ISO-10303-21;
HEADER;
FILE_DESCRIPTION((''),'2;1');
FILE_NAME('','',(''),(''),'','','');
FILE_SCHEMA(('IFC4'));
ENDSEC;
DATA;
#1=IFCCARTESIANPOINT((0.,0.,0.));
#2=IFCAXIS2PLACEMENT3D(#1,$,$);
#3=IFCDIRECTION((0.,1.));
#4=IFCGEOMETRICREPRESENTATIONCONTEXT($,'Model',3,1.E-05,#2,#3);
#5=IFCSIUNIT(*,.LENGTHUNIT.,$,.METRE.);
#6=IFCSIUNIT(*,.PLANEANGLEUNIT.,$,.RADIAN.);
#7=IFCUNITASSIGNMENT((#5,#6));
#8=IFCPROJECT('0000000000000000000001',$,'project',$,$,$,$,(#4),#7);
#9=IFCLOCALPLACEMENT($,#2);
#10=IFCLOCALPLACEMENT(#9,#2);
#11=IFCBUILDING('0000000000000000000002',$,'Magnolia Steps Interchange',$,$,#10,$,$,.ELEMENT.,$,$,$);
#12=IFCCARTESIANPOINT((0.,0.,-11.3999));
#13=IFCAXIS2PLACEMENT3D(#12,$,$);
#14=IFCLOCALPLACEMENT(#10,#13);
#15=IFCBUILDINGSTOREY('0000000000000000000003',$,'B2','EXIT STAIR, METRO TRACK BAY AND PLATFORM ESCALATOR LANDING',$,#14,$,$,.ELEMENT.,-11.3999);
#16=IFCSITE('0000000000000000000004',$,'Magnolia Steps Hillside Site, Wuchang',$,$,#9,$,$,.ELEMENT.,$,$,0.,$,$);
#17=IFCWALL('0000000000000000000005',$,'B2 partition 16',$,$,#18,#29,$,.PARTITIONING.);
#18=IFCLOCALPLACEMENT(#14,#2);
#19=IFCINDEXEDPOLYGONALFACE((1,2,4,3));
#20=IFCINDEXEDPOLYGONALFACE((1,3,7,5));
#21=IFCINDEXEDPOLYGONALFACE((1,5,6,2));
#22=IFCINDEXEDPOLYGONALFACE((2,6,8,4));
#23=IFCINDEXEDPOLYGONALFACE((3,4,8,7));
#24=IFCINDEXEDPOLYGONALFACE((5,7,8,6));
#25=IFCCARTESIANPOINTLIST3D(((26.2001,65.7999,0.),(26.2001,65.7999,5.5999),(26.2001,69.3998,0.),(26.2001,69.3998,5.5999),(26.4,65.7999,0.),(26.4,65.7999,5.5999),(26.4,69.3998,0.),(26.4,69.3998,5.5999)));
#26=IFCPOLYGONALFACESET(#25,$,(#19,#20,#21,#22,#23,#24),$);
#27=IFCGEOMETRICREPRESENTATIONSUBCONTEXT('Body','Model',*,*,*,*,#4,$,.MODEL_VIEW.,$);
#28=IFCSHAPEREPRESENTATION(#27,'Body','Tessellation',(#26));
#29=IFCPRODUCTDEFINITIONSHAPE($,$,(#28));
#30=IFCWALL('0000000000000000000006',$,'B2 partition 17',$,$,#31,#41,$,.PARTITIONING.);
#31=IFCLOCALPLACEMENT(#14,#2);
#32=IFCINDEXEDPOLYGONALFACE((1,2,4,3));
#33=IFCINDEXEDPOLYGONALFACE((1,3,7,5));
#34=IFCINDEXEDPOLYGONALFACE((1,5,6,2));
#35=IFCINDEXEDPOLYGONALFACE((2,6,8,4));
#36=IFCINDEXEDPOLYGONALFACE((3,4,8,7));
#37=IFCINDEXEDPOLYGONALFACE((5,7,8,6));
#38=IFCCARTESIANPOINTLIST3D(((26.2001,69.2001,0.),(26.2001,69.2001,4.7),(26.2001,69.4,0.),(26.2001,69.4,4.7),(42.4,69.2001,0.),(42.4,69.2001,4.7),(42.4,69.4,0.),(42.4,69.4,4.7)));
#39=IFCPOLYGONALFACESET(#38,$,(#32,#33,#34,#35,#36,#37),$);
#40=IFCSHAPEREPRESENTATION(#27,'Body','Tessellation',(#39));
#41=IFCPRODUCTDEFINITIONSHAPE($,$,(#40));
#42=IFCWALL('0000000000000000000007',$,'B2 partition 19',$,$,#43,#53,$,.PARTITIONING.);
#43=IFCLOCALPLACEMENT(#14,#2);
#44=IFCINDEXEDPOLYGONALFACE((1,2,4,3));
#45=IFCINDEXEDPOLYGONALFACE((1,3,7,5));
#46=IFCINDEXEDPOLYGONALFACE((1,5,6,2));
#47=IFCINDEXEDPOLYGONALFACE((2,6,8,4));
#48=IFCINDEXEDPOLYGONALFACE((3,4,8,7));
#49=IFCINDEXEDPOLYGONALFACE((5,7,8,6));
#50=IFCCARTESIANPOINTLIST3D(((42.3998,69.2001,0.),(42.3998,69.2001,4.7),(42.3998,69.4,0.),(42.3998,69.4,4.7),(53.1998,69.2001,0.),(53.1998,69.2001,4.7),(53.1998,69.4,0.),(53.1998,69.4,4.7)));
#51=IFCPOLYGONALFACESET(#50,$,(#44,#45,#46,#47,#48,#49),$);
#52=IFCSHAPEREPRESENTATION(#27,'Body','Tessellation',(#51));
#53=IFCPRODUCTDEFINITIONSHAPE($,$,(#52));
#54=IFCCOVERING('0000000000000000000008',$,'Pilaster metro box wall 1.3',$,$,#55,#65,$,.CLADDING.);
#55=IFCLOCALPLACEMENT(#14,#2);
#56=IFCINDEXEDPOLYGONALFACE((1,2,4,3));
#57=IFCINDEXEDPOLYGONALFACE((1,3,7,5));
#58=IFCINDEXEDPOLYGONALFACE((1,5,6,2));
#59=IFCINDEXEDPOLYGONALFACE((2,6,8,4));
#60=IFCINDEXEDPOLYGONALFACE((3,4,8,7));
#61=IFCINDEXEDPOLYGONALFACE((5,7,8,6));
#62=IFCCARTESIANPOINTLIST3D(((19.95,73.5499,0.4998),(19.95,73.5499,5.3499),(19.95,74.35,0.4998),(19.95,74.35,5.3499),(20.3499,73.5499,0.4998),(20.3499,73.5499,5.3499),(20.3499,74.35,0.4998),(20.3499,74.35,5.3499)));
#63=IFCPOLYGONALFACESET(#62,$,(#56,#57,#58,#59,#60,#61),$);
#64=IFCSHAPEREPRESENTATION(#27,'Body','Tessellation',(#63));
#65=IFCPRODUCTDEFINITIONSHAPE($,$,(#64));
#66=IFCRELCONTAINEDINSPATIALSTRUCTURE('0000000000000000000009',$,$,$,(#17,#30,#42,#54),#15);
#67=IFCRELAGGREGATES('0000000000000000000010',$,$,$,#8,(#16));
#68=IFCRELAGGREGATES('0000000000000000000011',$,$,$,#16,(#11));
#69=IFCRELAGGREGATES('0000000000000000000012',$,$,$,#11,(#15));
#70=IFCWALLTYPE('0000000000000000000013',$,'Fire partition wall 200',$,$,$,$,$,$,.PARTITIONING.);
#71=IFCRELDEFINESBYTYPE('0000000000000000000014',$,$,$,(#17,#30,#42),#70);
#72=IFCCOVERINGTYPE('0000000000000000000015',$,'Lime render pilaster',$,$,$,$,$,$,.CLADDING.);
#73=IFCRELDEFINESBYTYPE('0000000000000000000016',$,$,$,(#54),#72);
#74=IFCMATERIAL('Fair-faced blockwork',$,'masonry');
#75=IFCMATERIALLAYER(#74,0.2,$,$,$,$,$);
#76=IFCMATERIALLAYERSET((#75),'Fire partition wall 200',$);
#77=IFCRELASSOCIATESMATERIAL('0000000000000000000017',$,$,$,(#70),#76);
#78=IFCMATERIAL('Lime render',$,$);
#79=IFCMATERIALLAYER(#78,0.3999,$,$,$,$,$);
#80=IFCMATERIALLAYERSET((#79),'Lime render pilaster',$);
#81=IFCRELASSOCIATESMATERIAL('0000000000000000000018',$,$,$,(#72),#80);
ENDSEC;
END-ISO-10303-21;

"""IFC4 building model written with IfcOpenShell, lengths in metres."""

from ifc_helpers import new_model, si_unit, direction, frame, frame_2d, origin, origin_2d, place, context, subcontext, project, spatial, rectangle, extrude, material, layer, layer_set, type_object, element, save


model = new_model("IFC4")

# Units and contexts
model_context = context("Model", 3, precision=1e-05, world=origin(), true_north=direction((0.0, 1.0)))
body_context = subcontext(model_context, "Body", "Model", "MODEL_VIEW")
ifc_project = project(units=[si_unit("LENGTHUNIT", "METRE"), si_unit("PLANEANGLEUNIT", "RADIAN")], contexts=[model_context])

# Site, building, storey
site_placement = place(None, origin())
site = spatial("IfcSite", under=ifc_project, at=site_placement, Name="Magnolia Steps Hillside Site, Wuchang", CompositionType="ELEMENT", RefElevation=0.0)
building_placement = place(site_placement, origin())
building = spatial("IfcBuilding", under=site, at=building_placement, Name="Magnolia Steps Interchange", CompositionType="ELEMENT")
storey_placement = place(building_placement, frame((0.0, 0.0, -11.3999)))
storey = spatial("IfcBuildingStorey", under=building, at=storey_placement, Name="B2", Description="EXIT STAIR, METRO TRACK BAY AND PLATFORM ESCALATOR LANDING", CompositionType="ELEMENT", Elevation=-11.3999)

# Shared definitions
ifc_material_1 = material(Name="Fair-faced blockwork", Category="masonry")
ifc_layer_1 = layer(ifc_material_1, 0.2)
ifc_layer_set_1 = layer_set([ifc_layer_1], Name="Fire partition wall 200")
wall_type_1 = type_object("IfcWallType", Name="Fire partition wall 200", PredefinedType="PARTITIONING", material=ifc_layer_set_1)

# Walls
wall_1_placement = place(storey_placement, frame((26.3, 65.8, 0.0), z_axis=(0.0, 0.0, 1.0), x_axis=(0.0, 1.0, 0.0)))
element("IfcWall", 1, at=wall_1_placement, inside=storey, type_object=wall_type_1, Name="B2 partition 16", PredefinedType="PARTITIONING", context=body_context, shape_type="SweptSolid", body=[
    extrude(rectangle(XDim=3.5999, YDim=0.2, at=frame_2d((1.7998, 0.0))), origin(), (0.0, 0.0, 1.0), 5.5999),
])
wall_2_placement = place(storey_placement, frame((26.2, 69.3, 0.0), z_axis=(0.0, 0.0, 1.0), x_axis=(1.0, 0.0, 0.0)))
element("IfcWall", 2, at=wall_2_placement, inside=storey, type_object=wall_type_1, Name="B2 partition 17", PredefinedType="PARTITIONING", context=body_context, shape_type="SweptSolid", body=[
    extrude(rectangle(XDim=16.2, YDim=0.2, at=frame_2d((8.1001, 0.0))), origin(), (0.0, 0.0, 1.0), 4.7),
])
wall_3_placement = place(storey_placement, frame((42.3999, 69.3, 0.0), z_axis=(0.0, 0.0, 1.0), x_axis=(1.0, 0.0, 0.0)))
element("IfcWall", 3, at=wall_3_placement, inside=storey, type_object=wall_type_1, Name="B2 partition 19", PredefinedType="PARTITIONING", context=body_context, shape_type="SweptSolid", body=[
    extrude(rectangle(XDim=10.8, YDim=0.2, at=frame_2d((5.3999, 0.0))), origin(), (0.0, 0.0, 1.0), 4.7),
])

# Covering
ifc_material_2 = material(Name="Lime render")
ifc_layer_2 = layer(ifc_material_2, 0.3999)
ifc_layer_set_2 = layer_set([ifc_layer_2], Name="Lime render pilaster")
covering_type = type_object("IfcCoveringType", Name="Lime render pilaster", PredefinedType="CLADDING", material=ifc_layer_set_2)
covering_placement = place(storey_placement, frame((20.1499, 73.95, 0.4998), z_axis=(0.0, 0.0, 1.0), x_axis=(1.0, 0.0, 0.0)))
element("IfcCovering", 4, at=covering_placement, inside=storey, type_object=covering_type, Name="Pilaster metro box wall 1.3", PredefinedType="CLADDING", context=body_context, shape_type="SweptSolid", body=[
    extrude(rectangle(XDim=0.3999, YDim=0.8, at=origin_2d()), origin(), (0.0, 0.0, 1.0), 4.8501),
])

save(model, "model.ifc")
